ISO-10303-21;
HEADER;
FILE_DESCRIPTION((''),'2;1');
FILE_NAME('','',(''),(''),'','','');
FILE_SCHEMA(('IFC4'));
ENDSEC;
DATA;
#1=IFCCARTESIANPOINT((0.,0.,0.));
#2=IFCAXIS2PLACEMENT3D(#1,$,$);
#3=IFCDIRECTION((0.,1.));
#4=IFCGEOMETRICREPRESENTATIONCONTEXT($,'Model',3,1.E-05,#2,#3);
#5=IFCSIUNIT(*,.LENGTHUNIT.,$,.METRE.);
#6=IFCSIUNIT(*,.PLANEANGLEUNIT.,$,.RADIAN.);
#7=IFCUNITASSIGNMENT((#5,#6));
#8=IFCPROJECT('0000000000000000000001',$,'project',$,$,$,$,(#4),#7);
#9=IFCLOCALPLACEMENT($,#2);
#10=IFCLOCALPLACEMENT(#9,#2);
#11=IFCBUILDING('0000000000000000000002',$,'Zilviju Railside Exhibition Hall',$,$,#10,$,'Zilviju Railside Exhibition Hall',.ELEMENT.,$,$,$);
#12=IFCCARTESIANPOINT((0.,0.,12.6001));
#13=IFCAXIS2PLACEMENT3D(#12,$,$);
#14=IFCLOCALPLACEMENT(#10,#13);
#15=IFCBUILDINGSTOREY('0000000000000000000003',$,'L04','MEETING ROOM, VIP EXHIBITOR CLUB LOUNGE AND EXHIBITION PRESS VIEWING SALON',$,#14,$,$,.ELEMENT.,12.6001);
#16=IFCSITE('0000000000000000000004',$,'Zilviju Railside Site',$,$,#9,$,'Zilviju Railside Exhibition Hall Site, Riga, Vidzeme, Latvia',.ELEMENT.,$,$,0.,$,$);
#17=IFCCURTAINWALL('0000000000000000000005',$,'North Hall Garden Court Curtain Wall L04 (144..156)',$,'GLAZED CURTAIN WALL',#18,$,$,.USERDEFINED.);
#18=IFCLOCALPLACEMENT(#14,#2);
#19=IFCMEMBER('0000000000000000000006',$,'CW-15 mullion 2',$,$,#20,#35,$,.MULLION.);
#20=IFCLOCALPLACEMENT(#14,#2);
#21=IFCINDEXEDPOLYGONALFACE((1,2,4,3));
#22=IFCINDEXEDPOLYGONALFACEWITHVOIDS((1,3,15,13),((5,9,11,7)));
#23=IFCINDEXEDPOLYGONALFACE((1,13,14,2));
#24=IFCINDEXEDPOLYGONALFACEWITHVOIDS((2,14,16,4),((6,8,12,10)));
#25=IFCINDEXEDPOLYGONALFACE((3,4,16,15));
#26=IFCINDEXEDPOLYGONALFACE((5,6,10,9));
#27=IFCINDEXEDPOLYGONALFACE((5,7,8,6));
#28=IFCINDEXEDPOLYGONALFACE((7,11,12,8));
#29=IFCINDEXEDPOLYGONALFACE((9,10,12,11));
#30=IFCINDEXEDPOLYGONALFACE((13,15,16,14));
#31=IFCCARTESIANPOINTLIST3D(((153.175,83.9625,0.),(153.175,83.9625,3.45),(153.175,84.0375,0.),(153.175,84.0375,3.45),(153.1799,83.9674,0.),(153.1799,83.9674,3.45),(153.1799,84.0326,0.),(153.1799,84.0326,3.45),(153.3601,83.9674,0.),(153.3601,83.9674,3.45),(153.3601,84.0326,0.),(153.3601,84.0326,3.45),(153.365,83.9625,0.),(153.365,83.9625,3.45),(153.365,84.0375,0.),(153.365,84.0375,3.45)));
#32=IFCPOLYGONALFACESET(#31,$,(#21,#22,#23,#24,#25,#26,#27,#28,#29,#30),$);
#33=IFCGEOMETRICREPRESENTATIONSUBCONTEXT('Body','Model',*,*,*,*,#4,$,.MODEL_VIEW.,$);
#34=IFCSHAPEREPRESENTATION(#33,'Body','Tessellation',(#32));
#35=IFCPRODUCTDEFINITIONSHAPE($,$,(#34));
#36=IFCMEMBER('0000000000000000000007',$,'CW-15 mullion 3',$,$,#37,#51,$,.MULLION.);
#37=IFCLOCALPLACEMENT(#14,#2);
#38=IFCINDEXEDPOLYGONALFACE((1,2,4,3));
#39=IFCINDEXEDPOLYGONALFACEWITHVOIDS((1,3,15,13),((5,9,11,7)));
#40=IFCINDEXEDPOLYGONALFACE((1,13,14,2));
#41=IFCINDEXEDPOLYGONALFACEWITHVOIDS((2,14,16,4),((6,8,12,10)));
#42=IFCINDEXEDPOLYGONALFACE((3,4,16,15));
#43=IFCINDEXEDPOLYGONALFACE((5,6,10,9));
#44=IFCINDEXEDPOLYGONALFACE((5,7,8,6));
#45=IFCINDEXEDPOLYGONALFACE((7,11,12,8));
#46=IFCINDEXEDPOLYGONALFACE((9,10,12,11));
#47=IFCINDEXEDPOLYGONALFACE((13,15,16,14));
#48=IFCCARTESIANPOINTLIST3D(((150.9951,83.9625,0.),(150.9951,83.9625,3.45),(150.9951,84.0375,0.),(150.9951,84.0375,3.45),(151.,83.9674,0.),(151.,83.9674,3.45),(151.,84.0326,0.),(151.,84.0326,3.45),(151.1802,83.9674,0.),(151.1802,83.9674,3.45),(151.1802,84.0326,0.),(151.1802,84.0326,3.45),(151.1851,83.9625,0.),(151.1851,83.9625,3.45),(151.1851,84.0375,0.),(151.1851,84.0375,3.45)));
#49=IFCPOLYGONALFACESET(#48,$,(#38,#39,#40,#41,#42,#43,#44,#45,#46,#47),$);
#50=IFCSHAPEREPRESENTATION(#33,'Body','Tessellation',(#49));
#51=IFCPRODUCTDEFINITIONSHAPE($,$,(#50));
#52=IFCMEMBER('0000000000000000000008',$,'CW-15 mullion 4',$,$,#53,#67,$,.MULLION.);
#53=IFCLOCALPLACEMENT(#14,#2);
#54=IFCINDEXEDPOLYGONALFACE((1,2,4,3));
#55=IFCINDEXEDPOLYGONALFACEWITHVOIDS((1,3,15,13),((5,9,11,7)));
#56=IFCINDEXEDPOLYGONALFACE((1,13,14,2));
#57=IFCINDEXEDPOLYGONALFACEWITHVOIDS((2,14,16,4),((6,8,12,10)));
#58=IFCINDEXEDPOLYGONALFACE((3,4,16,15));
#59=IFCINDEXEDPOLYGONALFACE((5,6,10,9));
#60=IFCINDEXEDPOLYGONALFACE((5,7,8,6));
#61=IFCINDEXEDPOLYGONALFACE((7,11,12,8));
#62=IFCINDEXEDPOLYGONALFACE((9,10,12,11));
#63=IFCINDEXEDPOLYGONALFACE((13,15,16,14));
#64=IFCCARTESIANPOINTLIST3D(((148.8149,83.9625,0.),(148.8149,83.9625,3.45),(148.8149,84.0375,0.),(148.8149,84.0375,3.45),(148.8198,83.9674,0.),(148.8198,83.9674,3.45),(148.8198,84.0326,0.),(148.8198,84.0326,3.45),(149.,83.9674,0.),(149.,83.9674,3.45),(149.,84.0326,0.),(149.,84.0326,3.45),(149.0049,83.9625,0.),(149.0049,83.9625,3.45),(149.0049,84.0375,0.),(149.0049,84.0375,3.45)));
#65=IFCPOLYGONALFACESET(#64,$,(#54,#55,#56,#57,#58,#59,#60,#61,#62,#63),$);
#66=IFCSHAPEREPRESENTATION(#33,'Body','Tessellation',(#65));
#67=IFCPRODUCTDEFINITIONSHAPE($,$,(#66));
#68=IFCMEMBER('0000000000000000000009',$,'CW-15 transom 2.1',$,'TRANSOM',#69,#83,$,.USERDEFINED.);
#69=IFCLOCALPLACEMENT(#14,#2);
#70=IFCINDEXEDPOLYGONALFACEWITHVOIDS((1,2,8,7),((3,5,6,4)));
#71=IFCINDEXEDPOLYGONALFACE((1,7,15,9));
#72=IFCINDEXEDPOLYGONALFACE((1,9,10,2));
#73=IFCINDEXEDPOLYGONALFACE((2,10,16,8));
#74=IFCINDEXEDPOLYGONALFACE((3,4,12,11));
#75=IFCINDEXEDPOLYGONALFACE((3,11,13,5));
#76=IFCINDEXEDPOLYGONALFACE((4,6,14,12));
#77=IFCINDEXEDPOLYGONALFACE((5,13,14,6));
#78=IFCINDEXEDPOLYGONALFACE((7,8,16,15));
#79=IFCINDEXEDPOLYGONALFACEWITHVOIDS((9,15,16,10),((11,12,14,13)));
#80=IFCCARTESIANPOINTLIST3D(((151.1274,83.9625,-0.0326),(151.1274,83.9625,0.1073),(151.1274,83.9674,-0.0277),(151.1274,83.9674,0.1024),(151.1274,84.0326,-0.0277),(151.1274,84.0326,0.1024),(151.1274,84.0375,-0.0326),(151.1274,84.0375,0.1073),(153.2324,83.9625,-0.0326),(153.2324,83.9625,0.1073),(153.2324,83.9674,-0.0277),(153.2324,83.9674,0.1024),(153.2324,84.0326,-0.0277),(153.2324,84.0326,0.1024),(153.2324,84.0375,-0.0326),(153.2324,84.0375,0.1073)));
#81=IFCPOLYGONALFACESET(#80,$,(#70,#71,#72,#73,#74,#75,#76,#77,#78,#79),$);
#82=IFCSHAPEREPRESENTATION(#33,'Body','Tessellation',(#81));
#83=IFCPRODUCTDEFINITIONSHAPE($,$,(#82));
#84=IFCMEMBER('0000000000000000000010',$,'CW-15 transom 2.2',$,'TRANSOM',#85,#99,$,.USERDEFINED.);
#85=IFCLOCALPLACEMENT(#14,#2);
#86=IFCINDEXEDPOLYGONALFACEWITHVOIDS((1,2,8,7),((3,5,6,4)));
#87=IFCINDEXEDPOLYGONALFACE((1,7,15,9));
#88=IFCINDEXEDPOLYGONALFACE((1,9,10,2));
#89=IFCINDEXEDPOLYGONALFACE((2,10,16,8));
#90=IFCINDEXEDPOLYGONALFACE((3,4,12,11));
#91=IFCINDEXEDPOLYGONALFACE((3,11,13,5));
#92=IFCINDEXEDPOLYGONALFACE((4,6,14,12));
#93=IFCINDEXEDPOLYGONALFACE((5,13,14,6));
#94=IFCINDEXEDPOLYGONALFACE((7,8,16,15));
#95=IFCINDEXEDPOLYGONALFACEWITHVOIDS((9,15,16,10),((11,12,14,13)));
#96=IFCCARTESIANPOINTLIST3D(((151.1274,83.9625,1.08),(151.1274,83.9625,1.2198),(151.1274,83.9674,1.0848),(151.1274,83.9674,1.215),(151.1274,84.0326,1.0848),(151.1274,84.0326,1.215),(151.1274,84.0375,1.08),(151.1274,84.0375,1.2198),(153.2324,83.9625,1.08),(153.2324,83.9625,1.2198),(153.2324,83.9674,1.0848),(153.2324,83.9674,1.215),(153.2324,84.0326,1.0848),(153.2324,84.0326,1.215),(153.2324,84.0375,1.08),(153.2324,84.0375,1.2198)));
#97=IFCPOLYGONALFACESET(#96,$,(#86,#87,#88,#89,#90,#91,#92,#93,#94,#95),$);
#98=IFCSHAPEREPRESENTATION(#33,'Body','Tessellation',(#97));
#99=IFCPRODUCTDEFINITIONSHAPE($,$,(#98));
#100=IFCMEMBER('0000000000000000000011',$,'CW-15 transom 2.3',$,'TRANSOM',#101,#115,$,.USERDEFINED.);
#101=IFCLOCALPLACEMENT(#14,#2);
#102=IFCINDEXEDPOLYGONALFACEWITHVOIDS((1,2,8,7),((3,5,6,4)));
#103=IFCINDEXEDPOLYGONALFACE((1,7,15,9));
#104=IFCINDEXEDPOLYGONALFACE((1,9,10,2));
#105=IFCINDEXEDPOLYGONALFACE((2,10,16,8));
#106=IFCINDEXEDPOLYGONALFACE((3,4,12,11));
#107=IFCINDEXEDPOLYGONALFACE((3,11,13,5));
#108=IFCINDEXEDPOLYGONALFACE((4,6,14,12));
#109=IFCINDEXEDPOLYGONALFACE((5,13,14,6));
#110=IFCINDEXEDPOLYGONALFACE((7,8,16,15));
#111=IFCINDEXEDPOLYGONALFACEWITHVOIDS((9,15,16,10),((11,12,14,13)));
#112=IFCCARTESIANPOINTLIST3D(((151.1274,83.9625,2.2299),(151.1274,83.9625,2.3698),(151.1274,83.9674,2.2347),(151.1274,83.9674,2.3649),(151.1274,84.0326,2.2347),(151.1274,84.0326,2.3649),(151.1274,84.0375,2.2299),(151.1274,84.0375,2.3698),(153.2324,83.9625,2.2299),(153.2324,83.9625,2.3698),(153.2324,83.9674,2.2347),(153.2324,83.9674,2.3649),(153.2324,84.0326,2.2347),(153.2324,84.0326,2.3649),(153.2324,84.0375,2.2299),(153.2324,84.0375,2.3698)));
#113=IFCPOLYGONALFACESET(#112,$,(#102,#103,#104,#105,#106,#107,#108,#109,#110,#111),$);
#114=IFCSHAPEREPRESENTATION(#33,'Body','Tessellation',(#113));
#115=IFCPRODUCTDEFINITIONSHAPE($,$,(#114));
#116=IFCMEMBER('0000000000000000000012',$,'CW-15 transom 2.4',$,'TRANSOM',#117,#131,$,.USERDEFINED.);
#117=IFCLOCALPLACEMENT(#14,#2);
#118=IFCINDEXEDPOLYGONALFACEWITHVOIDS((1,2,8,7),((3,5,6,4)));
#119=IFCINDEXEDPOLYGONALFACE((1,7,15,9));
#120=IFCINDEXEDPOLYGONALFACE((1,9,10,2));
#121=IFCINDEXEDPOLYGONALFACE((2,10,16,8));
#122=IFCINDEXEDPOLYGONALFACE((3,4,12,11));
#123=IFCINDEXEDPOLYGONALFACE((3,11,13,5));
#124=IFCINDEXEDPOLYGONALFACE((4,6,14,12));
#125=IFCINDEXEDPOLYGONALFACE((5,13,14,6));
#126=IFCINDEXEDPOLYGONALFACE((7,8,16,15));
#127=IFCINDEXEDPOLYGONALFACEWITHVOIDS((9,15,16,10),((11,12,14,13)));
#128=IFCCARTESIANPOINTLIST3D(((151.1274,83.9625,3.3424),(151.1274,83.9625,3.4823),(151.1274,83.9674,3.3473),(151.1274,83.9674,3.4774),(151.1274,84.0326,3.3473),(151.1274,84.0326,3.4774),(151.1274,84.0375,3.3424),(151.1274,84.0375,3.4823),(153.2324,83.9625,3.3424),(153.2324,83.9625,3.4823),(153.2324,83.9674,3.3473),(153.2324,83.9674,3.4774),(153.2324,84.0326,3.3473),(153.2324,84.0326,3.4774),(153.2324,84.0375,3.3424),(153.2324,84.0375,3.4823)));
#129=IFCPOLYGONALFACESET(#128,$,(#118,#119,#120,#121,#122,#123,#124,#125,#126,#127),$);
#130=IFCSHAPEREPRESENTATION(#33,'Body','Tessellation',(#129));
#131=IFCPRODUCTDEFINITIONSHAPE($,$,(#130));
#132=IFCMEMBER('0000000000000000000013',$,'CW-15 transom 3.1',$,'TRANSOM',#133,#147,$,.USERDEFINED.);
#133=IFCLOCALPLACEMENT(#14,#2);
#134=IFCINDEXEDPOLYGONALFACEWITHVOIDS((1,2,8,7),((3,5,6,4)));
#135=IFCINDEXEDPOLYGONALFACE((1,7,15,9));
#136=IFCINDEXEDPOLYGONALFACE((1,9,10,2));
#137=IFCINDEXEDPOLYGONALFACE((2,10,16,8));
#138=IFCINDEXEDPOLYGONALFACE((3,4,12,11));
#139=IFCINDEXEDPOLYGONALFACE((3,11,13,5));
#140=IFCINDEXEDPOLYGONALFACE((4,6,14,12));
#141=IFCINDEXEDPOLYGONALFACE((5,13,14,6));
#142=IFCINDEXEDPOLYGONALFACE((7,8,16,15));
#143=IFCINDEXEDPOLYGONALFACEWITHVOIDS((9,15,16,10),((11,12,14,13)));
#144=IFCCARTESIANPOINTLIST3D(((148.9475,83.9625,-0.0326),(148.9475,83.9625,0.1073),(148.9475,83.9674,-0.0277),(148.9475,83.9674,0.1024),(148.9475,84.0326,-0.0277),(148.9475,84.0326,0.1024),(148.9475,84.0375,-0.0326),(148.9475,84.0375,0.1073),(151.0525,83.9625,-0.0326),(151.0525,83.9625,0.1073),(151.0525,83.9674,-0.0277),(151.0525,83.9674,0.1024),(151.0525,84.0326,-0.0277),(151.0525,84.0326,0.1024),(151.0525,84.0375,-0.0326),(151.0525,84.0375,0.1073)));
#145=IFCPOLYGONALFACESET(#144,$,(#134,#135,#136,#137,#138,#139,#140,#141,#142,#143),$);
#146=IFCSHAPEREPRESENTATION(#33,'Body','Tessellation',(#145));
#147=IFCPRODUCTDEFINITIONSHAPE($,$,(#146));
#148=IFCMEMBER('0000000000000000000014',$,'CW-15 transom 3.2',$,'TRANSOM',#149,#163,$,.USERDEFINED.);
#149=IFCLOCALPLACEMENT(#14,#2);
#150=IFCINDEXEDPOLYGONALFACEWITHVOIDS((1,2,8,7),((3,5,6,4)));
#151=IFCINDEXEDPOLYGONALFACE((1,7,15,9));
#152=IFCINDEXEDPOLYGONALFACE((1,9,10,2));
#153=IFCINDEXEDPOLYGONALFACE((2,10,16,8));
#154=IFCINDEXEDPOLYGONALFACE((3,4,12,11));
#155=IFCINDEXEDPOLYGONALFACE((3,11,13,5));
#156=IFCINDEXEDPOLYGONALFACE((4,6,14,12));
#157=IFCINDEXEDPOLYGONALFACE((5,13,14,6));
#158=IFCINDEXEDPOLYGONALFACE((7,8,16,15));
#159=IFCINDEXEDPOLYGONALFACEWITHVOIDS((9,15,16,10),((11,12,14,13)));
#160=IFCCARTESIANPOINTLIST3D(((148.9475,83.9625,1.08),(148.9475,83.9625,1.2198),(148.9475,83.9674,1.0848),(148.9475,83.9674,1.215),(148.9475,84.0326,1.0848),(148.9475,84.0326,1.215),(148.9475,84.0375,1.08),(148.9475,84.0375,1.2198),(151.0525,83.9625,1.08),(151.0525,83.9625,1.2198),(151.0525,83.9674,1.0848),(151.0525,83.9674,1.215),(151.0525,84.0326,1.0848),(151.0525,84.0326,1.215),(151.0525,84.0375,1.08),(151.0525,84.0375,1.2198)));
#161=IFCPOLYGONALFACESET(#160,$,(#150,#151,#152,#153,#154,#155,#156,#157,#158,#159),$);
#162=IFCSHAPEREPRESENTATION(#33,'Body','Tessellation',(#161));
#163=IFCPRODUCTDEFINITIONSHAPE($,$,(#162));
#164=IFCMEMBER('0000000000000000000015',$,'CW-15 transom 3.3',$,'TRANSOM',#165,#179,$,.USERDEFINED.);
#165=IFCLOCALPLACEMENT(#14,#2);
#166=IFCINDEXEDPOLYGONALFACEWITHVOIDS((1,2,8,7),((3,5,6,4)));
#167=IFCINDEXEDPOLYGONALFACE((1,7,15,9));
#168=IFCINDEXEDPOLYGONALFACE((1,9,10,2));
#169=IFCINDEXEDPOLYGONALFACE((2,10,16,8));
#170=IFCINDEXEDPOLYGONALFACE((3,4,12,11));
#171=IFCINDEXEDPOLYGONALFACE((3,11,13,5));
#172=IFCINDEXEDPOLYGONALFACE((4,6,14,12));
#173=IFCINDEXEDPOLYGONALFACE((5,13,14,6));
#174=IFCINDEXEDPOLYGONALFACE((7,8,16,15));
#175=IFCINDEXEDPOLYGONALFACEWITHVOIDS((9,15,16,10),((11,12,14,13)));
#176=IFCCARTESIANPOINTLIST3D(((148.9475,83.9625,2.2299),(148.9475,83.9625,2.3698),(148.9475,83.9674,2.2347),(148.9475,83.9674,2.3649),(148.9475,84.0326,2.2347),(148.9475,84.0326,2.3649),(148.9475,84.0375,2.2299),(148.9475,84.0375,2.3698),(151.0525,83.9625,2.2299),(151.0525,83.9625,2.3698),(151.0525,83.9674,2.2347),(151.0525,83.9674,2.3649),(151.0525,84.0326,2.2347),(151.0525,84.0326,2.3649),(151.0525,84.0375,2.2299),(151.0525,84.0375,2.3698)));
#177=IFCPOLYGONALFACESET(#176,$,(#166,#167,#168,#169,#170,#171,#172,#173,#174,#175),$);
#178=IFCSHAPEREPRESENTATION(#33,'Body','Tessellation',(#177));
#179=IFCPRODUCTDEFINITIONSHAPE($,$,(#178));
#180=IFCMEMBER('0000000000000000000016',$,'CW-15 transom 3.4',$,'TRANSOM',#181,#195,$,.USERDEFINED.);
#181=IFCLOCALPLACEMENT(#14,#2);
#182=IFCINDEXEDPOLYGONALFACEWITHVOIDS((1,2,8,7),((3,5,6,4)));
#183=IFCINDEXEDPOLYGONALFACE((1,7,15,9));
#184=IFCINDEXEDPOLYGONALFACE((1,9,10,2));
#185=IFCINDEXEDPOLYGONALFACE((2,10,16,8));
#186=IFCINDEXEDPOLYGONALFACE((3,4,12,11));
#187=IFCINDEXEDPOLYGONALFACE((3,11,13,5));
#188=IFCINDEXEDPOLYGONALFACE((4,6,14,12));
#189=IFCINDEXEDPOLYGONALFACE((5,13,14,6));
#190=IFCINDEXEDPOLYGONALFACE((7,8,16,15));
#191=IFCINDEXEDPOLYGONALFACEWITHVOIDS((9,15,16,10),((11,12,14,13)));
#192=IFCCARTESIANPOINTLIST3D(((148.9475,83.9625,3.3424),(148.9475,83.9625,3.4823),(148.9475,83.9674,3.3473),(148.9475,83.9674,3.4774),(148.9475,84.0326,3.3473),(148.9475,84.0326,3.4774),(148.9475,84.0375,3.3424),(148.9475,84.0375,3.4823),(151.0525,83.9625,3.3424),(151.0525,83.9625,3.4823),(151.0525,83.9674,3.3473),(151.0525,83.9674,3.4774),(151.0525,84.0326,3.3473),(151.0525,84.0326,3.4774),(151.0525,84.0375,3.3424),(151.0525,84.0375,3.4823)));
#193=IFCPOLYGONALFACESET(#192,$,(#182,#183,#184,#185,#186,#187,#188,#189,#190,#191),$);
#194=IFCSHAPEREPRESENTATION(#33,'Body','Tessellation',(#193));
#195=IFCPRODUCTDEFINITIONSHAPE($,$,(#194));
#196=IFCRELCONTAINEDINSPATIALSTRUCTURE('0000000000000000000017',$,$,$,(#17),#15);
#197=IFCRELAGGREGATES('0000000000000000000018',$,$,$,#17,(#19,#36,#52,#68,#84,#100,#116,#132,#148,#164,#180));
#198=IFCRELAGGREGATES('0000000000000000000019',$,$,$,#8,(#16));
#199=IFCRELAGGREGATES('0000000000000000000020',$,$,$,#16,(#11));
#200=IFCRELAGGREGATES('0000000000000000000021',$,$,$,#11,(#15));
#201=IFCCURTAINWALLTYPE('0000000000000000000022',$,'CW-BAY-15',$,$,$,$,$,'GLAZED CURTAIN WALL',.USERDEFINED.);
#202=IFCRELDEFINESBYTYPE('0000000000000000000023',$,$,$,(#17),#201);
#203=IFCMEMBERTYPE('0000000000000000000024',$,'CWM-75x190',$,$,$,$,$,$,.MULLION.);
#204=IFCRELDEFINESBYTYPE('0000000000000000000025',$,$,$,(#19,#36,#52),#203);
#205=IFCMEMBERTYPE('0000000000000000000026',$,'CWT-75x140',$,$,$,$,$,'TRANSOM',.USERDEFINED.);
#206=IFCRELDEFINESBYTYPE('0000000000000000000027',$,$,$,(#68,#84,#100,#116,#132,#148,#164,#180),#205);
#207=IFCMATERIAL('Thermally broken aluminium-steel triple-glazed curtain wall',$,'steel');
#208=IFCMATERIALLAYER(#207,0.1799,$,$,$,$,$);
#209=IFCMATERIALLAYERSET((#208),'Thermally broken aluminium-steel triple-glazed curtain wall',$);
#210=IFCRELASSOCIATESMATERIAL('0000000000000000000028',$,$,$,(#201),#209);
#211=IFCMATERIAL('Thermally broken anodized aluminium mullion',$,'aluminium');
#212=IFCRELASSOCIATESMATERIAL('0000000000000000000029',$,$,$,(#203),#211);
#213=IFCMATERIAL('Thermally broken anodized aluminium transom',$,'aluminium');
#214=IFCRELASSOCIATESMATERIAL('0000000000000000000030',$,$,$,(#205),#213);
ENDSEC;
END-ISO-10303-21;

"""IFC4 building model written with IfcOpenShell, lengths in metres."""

from ifc_helpers import new_model, si_unit, direction, frame, origin, origin_2d, place, context, subcontext, project, spatial, hollow_rectangle, extrude, material, layer, layer_set, material_profile, profile_set, type_object, element, aggregate, save


model = new_model("IFC4")

# Units and contexts
model_context = context("Model", 3, precision=1e-05, world=origin(), true_north=direction((0.0, 1.0)))
body_context = subcontext(model_context, "Body", "Model", "MODEL_VIEW")
ifc_project = project(units=[si_unit("LENGTHUNIT", "METRE"), si_unit("PLANEANGLEUNIT", "RADIAN")], contexts=[model_context])

# Site, building, storey
site_placement = place(None, origin())
site = spatial("IfcSite", under=ifc_project, at=site_placement, Name="Zilviju Railside Site", LongName="Zilviju Railside Exhibition Hall Site, Riga, Vidzeme, Latvia", CompositionType="ELEMENT", RefElevation=0.0)
building_placement = place(site_placement, origin())
building = spatial("IfcBuilding", under=site, at=building_placement, Name="Zilviju Railside Exhibition Hall", LongName="Zilviju Railside Exhibition Hall", CompositionType="ELEMENT")
storey_placement = place(building_placement, frame((0.0, 0.0, 12.6001)))
storey = spatial("IfcBuildingStorey", under=building, at=storey_placement, Name="L04", Description="MEETING ROOM, VIP EXHIBITOR CLUB LOUNGE AND EXHIBITION PRESS VIEWING SALON", CompositionType="ELEMENT", Elevation=12.6001)

# Curtain wall, members
ifc_material_1 = material(Name="Thermally broken aluminium-steel triple-glazed curtain wall", Category="steel")
ifc_layer_1 = layer(ifc_material_1, 0.1799)
ifc_layer_set_1 = layer_set([ifc_layer_1], Name="Thermally broken aluminium-steel triple-glazed curtain wall")
curtain_wall_type = type_object("IfcCurtainWallType", Name="CW-BAY-15", ElementType="GLAZED CURTAIN WALL", PredefinedType="USERDEFINED", material=ifc_layer_set_1)
curtain_wall_placement = place(storey_placement, origin())
curtain_wall = element("IfcCurtainWall", 1, at=curtain_wall_placement, inside=storey, type_object=curtain_wall_type, Name="North Hall Garden Court Curtain Wall L04 (144..156)", ObjectType="GLAZED CURTAIN WALL", PredefinedType="USERDEFINED")
ifc_material_2 = material(Name="Thermally broken anodized aluminium mullion", Category="aluminium")
ifc_material_profile_1 = material_profile(ifc_material_2, hollow_rectangle(XDim=0.075, YDim=0.1899, WallThickness=0.0049, at=origin_2d()), Name="MULLION 190x75x5")
ifc_profile_set_1 = profile_set([ifc_material_profile_1], Name="Thermally broken anodized aluminium mullion")
member_type_1 = type_object("IfcMemberType", Name="CWM-75x190", PredefinedType="MULLION", material=ifc_profile_set_1)
member_1_placement = place(storey_placement, frame((153.27, 84.0, 0.0), z_axis=(0.0, 0.0, 1.0), x_axis=(0.0, -1.0, 0.0)))
member_1 = element("IfcMember", 2, at=member_1_placement, type_object=member_type_1, Name="CW-15 mullion 2", PredefinedType="MULLION", context=body_context, shape_type="SweptSolid", body=[
    extrude(hollow_rectangle(XDim=0.075, YDim=0.1899, WallThickness=0.0049, at=origin_2d()), origin(), (0.0, 0.0, 1.0), 3.45),
])
member_2_placement = place(storey_placement, frame((151.0901, 84.0, 0.0), z_axis=(0.0, 0.0, 1.0), x_axis=(0.0, -1.0, 0.0)))
member_2 = element("IfcMember", 3, at=member_2_placement, type_object=member_type_1, Name="CW-15 mullion 3", PredefinedType="MULLION", context=body_context, shape_type="SweptSolid", body=[
    extrude(hollow_rectangle(XDim=0.075, YDim=0.1899, WallThickness=0.0049, at=origin_2d()), origin(), (0.0, 0.0, 1.0), 3.45),
])
member_3_placement = place(storey_placement, frame((148.9099, 84.0, 0.0), z_axis=(0.0, 0.0, 1.0), x_axis=(0.0, -1.0, 0.0)))
member_3 = element("IfcMember", 4, at=member_3_placement, type_object=member_type_1, Name="CW-15 mullion 4", PredefinedType="MULLION", context=body_context, shape_type="SweptSolid", body=[
    extrude(hollow_rectangle(XDim=0.075, YDim=0.1899, WallThickness=0.0049, at=origin_2d()), origin(), (0.0, 0.0, 1.0), 3.45),
])
ifc_material_3 = material(Name="Thermally broken anodized aluminium transom", Category="aluminium")
ifc_material_profile_2 = material_profile(ifc_material_3, hollow_rectangle(XDim=0.075, YDim=0.1399, WallThickness=0.0049, at=origin_2d()), Name="TRANSOM 140x75x5")
ifc_profile_set_2 = profile_set([ifc_material_profile_2], Name="Thermally broken anodized aluminium transom")
member_type_2 = type_object("IfcMemberType", Name="CWT-75x140", ElementType="TRANSOM", PredefinedType="USERDEFINED", material=ifc_profile_set_2)
member_4_placement = place(storey_placement, frame((153.2324, 84.0, 0.0374), z_axis=(-1.0, 0.0, 0.0), x_axis=(0.0, -1.0, 0.0)))
member_4 = element("IfcMember", 5, at=member_4_placement, type_object=member_type_2, Name="CW-15 transom 2.1", ObjectType="TRANSOM", PredefinedType="USERDEFINED", context=body_context, shape_type="SweptSolid", body=[
    extrude(hollow_rectangle(XDim=0.075, YDim=0.1399, WallThickness=0.0049, at=origin_2d()), origin(), (0.0, 0.0, 1.0), 2.105),
])
member_5_placement = place(storey_placement, frame((153.2324, 84.0, 1.1499), z_axis=(-1.0, 0.0, 0.0), x_axis=(0.0, -1.0, 0.0)))
member_5 = element("IfcMember", 6, at=member_5_placement, type_object=member_type_2, Name="CW-15 transom 2.2", ObjectType="TRANSOM", PredefinedType="USERDEFINED", context=body_context, shape_type="SweptSolid", body=[
    extrude(hollow_rectangle(XDim=0.075, YDim=0.1399, WallThickness=0.0049, at=origin_2d()), origin(), (0.0, 0.0, 1.0), 2.105),
])
member_6_placement = place(storey_placement, frame((153.2324, 84.0, 2.2998), z_axis=(-1.0, 0.0, 0.0), x_axis=(0.0, -1.0, 0.0)))
member_6 = element("IfcMember", 7, at=member_6_placement, type_object=member_type_2, Name="CW-15 transom 2.3", ObjectType="TRANSOM", PredefinedType="USERDEFINED", context=body_context, shape_type="SweptSolid", body=[
    extrude(hollow_rectangle(XDim=0.075, YDim=0.1399, WallThickness=0.0049, at=origin_2d()), origin(), (0.0, 0.0, 1.0), 2.105),
])
member_7_placement = place(storey_placement, frame((153.2324, 84.0, 3.4124), z_axis=(-1.0, 0.0, 0.0), x_axis=(0.0, -1.0, 0.0)))
member_7 = element("IfcMember", 8, at=member_7_placement, type_object=member_type_2, Name="CW-15 transom 2.4", ObjectType="TRANSOM", PredefinedType="USERDEFINED", context=body_context, shape_type="SweptSolid", body=[
    extrude(hollow_rectangle(XDim=0.075, YDim=0.1399, WallThickness=0.0049, at=origin_2d()), origin(), (0.0, 0.0, 1.0), 2.105),
])
member_8_placement = place(storey_placement, frame((151.0525, 84.0, 0.0374), z_axis=(-1.0, 0.0, 0.0), x_axis=(0.0, -1.0, 0.0)))
member_8 = element("IfcMember", 9, at=member_8_placement, type_object=member_type_2, Name="CW-15 transom 3.1", ObjectType="TRANSOM", PredefinedType="USERDEFINED", context=body_context, shape_type="SweptSolid", body=[
    extrude(hollow_rectangle(XDim=0.075, YDim=0.1399, WallThickness=0.0049, at=origin_2d()), origin(), (0.0, 0.0, 1.0), 2.105),
])
member_9_placement = place(storey_placement, frame((151.0525, 84.0, 1.1499), z_axis=(-1.0, 0.0, 0.0), x_axis=(0.0, -1.0, 0.0)))
member_9 = element("IfcMember", 10, at=member_9_placement, type_object=member_type_2, Name="CW-15 transom 3.2", ObjectType="TRANSOM", PredefinedType="USERDEFINED", context=body_context, shape_type="SweptSolid", body=[
    extrude(hollow_rectangle(XDim=0.075, YDim=0.1399, WallThickness=0.0049, at=origin_2d()), origin(), (0.0, 0.0, 1.0), 2.105),
])
member_10_placement = place(storey_placement, frame((151.0525, 84.0, 2.2998), z_axis=(-1.0, 0.0, 0.0), x_axis=(0.0, -1.0, 0.0)))
member_10 = element("IfcMember", 11, at=member_10_placement, type_object=member_type_2, Name="CW-15 transom 3.3", ObjectType="TRANSOM", PredefinedType="USERDEFINED", context=body_context, shape_type="SweptSolid", body=[
    extrude(hollow_rectangle(XDim=0.075, YDim=0.1399, WallThickness=0.0049, at=origin_2d()), origin(), (0.0, 0.0, 1.0), 2.105),
])
member_11_placement = place(storey_placement, frame((151.0525, 84.0, 3.4124), z_axis=(-1.0, 0.0, 0.0), x_axis=(0.0, -1.0, 0.0)))
member_11 = element("IfcMember", 12, at=member_11_placement, type_object=member_type_2, Name="CW-15 transom 3.4", ObjectType="TRANSOM", PredefinedType="USERDEFINED", context=body_context, shape_type="SweptSolid", body=[
    extrude(hollow_rectangle(XDim=0.075, YDim=0.1399, WallThickness=0.0049, at=origin_2d()), origin(), (0.0, 0.0, 1.0), 2.105),
])
aggregate(curtain_wall, [member_1, member_2, member_3, member_4, member_5, member_6, member_7, member_8, member_9, member_10, member_11])

save(model, "model.ifc")
